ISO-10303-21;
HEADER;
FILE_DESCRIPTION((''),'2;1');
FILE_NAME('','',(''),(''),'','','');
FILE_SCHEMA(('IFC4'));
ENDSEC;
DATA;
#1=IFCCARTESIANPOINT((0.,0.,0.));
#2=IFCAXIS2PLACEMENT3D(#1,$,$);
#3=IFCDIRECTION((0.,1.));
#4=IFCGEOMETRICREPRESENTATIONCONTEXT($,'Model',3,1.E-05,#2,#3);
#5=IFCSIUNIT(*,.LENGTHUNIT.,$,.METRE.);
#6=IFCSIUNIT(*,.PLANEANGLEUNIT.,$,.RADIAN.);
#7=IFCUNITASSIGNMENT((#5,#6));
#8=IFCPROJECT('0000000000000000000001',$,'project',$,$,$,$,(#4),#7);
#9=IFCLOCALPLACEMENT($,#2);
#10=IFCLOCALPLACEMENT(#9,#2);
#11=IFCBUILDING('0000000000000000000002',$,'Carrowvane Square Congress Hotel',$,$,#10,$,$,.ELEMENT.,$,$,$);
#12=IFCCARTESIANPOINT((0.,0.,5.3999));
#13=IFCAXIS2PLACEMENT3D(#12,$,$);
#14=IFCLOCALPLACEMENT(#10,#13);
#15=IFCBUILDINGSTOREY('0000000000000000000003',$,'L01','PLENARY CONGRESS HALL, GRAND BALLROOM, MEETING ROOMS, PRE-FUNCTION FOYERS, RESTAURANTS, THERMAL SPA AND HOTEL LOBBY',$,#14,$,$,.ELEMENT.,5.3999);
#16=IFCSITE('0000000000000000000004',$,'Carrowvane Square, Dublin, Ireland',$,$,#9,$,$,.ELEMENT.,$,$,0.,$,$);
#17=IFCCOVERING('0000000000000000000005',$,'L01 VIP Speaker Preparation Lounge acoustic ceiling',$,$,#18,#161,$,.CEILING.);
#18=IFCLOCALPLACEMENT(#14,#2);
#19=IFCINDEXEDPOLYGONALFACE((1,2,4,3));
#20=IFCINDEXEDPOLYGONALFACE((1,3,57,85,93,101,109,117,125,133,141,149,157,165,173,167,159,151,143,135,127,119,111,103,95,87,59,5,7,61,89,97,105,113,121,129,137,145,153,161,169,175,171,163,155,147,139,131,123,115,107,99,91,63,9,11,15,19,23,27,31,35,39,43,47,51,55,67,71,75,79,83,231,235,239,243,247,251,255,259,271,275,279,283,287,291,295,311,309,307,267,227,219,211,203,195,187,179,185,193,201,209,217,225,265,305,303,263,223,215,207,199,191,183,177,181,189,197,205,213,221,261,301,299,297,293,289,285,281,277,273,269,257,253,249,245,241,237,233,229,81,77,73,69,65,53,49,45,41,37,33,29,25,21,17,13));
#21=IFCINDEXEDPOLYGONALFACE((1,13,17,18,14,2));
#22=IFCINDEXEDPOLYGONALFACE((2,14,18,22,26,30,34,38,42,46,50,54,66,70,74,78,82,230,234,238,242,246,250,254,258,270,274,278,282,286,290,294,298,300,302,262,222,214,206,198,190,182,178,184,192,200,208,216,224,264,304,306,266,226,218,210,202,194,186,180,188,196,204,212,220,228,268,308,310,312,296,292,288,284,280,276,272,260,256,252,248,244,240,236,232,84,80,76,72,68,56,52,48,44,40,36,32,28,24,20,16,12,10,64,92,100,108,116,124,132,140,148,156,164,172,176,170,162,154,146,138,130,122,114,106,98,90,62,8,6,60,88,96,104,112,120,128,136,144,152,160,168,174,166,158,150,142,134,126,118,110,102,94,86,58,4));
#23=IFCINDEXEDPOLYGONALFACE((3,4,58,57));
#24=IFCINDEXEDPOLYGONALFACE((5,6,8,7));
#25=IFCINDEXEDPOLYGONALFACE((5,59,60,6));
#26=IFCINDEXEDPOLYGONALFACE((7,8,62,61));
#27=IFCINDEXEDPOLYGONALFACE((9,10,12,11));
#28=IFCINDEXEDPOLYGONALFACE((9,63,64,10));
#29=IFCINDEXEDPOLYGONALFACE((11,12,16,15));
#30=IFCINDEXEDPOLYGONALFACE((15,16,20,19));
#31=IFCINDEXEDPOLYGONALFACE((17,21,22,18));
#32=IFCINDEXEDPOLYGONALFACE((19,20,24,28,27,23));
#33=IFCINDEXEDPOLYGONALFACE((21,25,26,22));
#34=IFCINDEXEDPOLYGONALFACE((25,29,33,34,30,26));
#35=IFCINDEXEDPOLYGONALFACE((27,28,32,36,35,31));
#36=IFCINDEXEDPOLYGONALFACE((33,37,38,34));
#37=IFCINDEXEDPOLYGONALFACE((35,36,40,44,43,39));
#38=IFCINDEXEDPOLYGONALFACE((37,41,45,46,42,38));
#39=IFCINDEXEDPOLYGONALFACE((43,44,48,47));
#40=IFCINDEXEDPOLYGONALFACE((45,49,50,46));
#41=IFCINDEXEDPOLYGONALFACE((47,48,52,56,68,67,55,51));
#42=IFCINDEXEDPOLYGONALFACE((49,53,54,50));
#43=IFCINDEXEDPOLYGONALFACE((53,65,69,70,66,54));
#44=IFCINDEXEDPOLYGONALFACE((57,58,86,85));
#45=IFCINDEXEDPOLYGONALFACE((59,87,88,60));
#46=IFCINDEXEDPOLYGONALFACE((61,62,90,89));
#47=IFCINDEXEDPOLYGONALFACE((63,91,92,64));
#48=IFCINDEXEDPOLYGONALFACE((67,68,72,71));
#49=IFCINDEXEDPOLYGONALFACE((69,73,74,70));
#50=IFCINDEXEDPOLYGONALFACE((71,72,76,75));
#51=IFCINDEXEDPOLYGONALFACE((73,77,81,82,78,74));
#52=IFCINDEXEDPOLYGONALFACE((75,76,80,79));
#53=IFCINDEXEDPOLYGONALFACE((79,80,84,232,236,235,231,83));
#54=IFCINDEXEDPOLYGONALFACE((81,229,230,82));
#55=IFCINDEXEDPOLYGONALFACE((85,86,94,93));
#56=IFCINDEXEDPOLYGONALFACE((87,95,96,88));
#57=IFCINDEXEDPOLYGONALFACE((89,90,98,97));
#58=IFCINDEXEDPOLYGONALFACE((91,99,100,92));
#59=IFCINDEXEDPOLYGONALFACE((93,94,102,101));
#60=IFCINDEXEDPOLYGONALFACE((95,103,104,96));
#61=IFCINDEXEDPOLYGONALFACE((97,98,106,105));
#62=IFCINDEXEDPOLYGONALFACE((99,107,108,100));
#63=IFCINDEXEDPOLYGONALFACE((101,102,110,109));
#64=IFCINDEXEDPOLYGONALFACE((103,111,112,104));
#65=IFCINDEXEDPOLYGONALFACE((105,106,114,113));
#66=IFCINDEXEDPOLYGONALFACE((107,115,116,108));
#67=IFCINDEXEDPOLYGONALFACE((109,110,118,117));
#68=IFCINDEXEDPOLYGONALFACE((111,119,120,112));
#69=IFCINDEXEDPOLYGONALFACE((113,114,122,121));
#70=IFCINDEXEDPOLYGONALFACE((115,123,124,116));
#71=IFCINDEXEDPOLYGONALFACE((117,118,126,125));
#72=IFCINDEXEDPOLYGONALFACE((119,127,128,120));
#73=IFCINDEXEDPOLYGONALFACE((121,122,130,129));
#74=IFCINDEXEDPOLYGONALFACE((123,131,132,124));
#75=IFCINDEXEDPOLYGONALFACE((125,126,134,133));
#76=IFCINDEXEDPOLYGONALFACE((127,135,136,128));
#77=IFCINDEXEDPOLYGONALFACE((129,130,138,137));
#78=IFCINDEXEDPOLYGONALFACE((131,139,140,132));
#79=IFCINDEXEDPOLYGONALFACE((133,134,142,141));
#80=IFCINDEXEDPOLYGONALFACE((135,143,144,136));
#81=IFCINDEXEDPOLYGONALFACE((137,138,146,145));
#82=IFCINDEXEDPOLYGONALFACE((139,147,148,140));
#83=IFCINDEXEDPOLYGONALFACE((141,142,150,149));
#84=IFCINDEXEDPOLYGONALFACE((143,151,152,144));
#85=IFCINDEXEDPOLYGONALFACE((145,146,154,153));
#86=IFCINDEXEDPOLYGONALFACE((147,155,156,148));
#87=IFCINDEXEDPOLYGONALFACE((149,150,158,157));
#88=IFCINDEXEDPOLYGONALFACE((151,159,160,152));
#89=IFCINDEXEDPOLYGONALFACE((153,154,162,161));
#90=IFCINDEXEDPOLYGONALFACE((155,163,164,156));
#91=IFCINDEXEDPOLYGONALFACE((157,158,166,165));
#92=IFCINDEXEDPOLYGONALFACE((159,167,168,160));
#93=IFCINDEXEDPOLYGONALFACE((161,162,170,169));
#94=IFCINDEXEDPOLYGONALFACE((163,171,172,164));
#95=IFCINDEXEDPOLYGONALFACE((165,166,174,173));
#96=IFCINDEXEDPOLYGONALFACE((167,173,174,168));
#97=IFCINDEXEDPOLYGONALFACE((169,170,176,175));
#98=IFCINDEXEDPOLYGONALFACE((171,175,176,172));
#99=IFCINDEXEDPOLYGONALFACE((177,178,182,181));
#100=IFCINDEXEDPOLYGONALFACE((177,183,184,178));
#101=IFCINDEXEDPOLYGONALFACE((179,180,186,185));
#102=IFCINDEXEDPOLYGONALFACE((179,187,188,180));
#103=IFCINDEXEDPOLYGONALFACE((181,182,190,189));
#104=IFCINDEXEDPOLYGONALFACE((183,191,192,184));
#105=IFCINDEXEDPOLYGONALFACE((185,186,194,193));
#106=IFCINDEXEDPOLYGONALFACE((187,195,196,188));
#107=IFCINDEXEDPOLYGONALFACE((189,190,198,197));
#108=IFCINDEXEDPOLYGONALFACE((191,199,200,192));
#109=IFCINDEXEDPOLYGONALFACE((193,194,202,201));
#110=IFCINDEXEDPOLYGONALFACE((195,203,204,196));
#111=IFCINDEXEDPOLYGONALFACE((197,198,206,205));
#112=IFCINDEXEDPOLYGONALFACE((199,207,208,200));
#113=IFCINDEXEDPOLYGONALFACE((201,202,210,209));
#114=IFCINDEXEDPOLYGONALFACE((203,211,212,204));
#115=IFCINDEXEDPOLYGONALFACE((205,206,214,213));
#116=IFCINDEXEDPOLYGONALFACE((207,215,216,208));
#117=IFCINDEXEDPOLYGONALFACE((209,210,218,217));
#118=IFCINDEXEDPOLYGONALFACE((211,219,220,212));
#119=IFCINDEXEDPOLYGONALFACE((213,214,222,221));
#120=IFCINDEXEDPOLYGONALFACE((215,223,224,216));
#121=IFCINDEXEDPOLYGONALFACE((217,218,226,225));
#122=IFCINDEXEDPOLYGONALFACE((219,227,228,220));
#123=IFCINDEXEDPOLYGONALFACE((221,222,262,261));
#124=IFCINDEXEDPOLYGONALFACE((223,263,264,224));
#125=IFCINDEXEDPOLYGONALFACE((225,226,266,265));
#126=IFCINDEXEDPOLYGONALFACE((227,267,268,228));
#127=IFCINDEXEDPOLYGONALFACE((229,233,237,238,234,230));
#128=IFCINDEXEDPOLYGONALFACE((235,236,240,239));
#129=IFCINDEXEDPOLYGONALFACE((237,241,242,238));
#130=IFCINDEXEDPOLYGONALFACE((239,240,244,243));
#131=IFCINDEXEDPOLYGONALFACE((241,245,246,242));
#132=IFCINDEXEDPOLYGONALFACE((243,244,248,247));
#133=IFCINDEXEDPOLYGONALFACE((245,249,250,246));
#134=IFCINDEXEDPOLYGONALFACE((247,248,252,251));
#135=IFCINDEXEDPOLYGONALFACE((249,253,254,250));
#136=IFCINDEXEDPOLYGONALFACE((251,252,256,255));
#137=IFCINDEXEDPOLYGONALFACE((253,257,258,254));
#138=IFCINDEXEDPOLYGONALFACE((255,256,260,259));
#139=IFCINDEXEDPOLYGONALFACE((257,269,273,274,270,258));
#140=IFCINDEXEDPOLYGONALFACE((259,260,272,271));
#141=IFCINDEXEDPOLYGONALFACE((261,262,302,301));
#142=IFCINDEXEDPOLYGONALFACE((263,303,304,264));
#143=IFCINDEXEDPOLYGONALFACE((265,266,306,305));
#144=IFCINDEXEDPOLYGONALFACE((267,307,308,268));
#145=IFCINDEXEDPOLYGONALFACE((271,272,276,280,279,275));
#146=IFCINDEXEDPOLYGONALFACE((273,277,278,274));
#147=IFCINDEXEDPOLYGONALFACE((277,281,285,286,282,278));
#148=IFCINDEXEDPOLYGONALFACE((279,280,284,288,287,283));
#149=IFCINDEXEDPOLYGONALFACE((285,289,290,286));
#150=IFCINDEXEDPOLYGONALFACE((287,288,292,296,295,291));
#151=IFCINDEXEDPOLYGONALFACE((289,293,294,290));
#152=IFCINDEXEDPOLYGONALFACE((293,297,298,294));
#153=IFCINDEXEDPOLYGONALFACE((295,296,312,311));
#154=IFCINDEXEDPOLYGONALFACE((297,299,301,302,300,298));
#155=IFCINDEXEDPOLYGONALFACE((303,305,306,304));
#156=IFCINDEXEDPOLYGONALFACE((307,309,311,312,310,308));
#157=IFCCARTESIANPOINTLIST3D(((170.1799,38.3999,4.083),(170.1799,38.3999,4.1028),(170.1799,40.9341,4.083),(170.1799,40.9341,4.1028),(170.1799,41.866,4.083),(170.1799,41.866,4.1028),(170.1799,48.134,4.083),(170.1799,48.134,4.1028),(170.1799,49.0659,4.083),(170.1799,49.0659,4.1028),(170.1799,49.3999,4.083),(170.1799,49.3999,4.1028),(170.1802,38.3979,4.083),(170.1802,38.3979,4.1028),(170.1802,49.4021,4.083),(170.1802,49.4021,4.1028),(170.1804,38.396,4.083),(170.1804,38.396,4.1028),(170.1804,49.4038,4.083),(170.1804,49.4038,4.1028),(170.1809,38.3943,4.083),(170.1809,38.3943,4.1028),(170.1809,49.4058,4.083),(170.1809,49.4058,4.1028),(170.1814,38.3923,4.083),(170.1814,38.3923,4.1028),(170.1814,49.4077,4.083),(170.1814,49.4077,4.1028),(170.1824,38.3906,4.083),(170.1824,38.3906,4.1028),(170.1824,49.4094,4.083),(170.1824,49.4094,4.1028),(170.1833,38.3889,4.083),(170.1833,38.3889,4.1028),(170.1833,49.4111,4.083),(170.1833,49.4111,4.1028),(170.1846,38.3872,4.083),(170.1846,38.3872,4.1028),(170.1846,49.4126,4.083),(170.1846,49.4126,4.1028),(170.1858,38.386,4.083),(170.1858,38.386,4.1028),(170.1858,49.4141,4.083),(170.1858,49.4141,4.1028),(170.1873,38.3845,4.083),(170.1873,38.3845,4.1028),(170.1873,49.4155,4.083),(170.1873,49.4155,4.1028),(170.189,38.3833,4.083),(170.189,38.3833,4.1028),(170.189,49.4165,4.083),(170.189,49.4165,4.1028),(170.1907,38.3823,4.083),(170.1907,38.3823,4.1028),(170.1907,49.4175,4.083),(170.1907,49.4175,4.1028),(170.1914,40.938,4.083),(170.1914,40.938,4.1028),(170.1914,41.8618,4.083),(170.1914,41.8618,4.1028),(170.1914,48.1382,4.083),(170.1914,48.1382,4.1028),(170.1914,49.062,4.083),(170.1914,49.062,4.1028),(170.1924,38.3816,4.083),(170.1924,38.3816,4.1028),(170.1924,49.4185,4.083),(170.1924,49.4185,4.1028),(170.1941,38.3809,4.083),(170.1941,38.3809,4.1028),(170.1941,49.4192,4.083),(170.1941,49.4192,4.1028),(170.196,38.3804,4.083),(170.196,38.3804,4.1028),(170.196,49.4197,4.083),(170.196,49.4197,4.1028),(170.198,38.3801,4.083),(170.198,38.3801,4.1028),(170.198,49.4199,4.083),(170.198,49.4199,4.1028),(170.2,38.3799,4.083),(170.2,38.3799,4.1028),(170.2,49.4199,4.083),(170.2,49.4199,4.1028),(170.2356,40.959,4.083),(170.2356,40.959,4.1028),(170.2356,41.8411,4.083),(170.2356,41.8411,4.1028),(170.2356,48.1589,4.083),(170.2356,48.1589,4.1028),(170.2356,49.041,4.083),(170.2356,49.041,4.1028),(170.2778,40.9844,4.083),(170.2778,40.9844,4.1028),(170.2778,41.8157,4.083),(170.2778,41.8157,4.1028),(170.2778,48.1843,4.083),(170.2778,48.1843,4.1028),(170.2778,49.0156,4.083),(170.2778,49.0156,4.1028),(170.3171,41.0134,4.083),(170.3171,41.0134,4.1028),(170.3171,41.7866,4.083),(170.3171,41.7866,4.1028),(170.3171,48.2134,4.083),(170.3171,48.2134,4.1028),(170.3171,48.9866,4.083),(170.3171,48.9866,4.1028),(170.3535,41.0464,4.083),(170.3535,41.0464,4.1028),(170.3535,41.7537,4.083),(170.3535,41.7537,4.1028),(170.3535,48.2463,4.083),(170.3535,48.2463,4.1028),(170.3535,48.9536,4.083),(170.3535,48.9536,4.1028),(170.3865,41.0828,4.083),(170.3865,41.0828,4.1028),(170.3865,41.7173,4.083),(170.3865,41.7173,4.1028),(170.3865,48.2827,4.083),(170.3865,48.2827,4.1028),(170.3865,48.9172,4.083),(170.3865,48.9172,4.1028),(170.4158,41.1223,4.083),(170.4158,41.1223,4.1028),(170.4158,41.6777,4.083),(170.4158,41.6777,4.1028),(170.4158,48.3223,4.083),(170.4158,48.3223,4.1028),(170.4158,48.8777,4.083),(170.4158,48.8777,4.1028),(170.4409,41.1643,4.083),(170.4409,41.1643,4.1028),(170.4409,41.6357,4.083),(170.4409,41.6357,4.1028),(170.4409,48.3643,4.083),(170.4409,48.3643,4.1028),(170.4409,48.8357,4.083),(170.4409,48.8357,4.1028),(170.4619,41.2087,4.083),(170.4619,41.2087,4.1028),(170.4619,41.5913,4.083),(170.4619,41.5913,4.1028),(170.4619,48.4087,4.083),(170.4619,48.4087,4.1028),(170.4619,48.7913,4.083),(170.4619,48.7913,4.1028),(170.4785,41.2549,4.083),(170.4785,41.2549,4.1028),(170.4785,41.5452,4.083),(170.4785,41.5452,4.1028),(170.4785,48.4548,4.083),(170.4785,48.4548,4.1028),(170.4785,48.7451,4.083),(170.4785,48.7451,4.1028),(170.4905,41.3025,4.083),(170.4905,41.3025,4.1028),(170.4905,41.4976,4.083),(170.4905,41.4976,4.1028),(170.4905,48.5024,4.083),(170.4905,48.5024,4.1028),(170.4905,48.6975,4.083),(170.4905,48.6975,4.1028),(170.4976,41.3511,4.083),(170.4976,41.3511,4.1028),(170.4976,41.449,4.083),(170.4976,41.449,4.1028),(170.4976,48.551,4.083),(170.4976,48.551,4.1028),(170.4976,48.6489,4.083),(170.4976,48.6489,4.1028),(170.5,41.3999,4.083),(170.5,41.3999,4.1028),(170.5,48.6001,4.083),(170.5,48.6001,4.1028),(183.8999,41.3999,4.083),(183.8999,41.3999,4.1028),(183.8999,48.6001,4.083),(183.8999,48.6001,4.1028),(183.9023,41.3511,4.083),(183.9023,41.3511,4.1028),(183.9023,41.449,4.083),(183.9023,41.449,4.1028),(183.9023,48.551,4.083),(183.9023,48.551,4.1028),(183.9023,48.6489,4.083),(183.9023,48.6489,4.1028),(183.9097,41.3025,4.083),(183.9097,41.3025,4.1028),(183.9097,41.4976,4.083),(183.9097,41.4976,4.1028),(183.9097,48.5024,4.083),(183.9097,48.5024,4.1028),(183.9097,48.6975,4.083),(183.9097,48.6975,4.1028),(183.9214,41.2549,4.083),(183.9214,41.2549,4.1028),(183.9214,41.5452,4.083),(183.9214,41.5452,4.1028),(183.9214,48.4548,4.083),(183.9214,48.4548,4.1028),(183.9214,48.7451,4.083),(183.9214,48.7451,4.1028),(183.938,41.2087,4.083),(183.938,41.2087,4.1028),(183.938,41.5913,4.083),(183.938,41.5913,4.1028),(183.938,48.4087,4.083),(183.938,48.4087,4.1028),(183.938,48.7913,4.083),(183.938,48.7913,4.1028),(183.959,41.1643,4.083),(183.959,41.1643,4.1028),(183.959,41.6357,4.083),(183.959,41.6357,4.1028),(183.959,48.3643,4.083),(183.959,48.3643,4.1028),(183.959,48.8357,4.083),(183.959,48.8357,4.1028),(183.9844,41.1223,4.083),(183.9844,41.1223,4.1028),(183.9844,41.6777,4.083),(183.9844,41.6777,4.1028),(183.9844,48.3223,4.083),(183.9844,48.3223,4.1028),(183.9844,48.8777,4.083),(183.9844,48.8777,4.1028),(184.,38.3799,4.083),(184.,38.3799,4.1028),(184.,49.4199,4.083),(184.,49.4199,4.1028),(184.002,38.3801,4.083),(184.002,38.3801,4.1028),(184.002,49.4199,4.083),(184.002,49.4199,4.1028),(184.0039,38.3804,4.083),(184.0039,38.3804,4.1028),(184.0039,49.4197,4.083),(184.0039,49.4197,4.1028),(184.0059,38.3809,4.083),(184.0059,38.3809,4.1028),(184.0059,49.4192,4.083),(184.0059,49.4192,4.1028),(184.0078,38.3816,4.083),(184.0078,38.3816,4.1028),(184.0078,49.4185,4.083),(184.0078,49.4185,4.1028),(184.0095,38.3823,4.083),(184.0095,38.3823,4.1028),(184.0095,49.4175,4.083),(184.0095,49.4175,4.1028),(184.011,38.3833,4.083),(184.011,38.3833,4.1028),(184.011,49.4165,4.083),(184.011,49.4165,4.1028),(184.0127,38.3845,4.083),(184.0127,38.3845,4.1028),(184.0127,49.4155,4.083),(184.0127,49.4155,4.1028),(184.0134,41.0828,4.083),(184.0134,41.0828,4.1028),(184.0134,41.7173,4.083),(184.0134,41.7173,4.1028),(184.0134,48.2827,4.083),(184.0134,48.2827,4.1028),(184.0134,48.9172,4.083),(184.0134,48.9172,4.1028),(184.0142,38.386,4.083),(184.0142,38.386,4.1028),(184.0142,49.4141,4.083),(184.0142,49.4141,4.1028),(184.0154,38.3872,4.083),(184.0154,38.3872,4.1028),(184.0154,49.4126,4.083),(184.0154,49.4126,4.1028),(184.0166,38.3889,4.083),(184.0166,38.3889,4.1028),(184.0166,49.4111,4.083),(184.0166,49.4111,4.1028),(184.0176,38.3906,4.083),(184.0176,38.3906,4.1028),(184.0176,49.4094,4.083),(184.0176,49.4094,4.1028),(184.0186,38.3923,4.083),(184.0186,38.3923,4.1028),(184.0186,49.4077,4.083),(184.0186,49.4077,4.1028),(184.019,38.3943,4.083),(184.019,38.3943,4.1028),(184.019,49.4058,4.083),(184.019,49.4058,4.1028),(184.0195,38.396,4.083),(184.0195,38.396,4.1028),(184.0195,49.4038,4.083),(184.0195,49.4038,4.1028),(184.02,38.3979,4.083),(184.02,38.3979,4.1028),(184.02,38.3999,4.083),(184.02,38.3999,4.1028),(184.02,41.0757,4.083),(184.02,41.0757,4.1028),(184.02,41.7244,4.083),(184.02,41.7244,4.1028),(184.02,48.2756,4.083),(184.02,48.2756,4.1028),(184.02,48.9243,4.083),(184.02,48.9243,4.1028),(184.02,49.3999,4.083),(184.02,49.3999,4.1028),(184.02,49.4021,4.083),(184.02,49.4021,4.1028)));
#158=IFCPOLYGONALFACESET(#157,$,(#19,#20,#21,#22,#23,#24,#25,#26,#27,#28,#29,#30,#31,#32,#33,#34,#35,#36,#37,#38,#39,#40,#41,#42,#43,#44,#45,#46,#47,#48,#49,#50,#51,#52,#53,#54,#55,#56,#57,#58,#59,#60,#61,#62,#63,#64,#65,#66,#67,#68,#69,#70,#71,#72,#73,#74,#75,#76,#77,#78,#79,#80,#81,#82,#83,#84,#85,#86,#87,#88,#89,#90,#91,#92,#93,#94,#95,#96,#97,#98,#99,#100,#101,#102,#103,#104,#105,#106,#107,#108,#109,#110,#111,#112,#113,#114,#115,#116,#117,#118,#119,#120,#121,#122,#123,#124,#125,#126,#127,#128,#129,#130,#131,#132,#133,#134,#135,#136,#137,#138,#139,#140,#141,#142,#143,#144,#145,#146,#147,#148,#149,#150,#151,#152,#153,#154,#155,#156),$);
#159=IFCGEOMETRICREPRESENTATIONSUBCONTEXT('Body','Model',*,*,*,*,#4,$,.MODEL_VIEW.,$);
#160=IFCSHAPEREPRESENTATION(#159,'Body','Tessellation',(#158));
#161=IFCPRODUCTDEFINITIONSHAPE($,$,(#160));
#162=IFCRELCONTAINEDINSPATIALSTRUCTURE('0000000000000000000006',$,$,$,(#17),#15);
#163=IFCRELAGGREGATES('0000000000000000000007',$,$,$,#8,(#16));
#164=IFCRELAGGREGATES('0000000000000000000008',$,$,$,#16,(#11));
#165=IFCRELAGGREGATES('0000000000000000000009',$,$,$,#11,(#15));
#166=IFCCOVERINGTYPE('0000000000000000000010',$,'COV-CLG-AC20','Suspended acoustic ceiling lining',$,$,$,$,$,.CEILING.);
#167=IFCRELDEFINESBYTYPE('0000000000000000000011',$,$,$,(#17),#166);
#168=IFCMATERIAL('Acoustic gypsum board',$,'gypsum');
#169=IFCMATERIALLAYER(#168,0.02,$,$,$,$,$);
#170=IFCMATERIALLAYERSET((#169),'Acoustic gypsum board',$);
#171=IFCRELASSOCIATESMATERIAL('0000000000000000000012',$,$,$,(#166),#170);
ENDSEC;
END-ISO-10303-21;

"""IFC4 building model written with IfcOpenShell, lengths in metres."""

from ifc_helpers import new_model, si_unit, direction, frame, origin, place, context, subcontext, project, spatial, polyline, outline, extrude, material, layer, layer_set, type_object, element, save


model = new_model("IFC4")

# Units and contexts
model_context = context("Model", 3, precision=1e-05, world=origin(), true_north=direction((0.0, 1.0)))
body_context = subcontext(model_context, "Body", "Model", "MODEL_VIEW")
ifc_project = project(units=[si_unit("LENGTHUNIT", "METRE"), si_unit("PLANEANGLEUNIT", "RADIAN")], contexts=[model_context])

# Site, building, storey
site_placement = place(None, origin())
site = spatial("IfcSite", under=ifc_project, at=site_placement, Name="Carrowvane Square, Dublin, Ireland", CompositionType="ELEMENT", RefElevation=0.0)
building_placement = place(site_placement, origin())
building = spatial("IfcBuilding", under=site, at=building_placement, Name="Carrowvane Square Congress Hotel", CompositionType="ELEMENT")
storey_placement = place(building_placement, frame((0.0, 0.0, 5.3999)))
storey = spatial("IfcBuildingStorey", under=building, at=storey_placement, Name="L01", Description="PLENARY CONGRESS HALL, GRAND BALLROOM, MEETING ROOMS, PRE-FUNCTION FOYERS, RESTAURANTS, THERMAL SPA AND HOTEL LOBBY", CompositionType="ELEMENT", Elevation=5.3999)

# Covering
ifc_material_1 = material(Name="Acoustic gypsum board", Category="gypsum")
ifc_layer_1 = layer(ifc_material_1, 0.02)
ifc_layer_set_1 = layer_set([ifc_layer_1], Name="Acoustic gypsum board")
covering_type_1 = type_object("IfcCoveringType", Name="COV-CLG-AC20", Description="Suspended acoustic ceiling lining", PredefinedType="CEILING", material=ifc_layer_set_1)
covering_1_placement = place(storey_placement, frame((0.0, 0.0, 4.083)))
element("IfcCovering", 1, at=covering_1_placement, inside=storey, type_object=covering_type_1, Name="L01 VIP Speaker Preparation Lounge acoustic ceiling", PredefinedType="CEILING", context=body_context, shape_type="SweptSolid", body=[
    extrude(outline(polyline([(170.1914, 40.938), (170.2356, 40.959), (170.2778, 40.9844), (170.3171, 41.0134), (170.3535, 41.0464), (170.3865, 41.0828), (170.4158, 41.1223), (170.4409, 41.1643), (170.4619, 41.2087), (170.4785, 41.2549), (170.4905, 41.3025), (170.4976, 41.3511), (170.5, 41.3999), (170.4976, 41.449), (170.4905, 41.4976), (170.4785, 41.5452), (170.4619, 41.5913), (170.4409, 41.6357), (170.4158, 41.6777), (170.3865, 41.7173), (170.3535, 41.7537), (170.3171, 41.7866), (170.2778, 41.8157), (170.2356, 41.8411), (170.1914, 41.8618), (170.1799, 41.866), (170.1799, 48.134), (170.1914, 48.1382), (170.2356, 48.1589), (170.2778, 48.1843), (170.3171, 48.2134), (170.3535, 48.2463), (170.3865, 48.2827), (170.4158, 48.3223), (170.4409, 48.3643), (170.4619, 48.4087), (170.4785, 48.4548), (170.4905, 48.5024), (170.4976, 48.551), (170.5, 48.6001), (170.4976, 48.6489), (170.4905, 48.6975), (170.4785, 48.7451), (170.4619, 48.7913), (170.4409, 48.8357), (170.4158, 48.8777), (170.3865, 48.9172), (170.3535, 48.9536), (170.3171, 48.9866), (170.2778, 49.0156), (170.2356, 49.041), (170.1914, 49.062), (170.1799, 49.0659), (170.1799, 49.3999), (170.1802, 49.4021), (170.1804, 49.4038), (170.1809, 49.4058), (170.1814, 49.4077), (170.1824, 49.4094), (170.1833, 49.4111), (170.1846, 49.4126), (170.1858, 49.4141), (170.1873, 49.4155), (170.189, 49.4165), (170.1907, 49.4175), (170.1924, 49.4185), (170.1941, 49.4192), (170.196, 49.4197), (170.198, 49.4199), (170.2, 49.4199), (184.0, 49.4199), (184.002, 49.4199), (184.0039, 49.4197), (184.0059, 49.4192), (184.0078, 49.4185), (184.0095, 49.4175), (184.011, 49.4165), (184.0127, 49.4155), (184.0142, 49.4141), (184.0154, 49.4126), (184.0166, 49.4111), (184.0176, 49.4094), (184.0186, 49.4077), (184.019, 49.4058), (184.0195, 49.4038), (184.02, 49.4021), (184.02, 49.3999), (184.02, 48.9243), (184.0134, 48.9172), (183.9844, 48.8777), (183.959, 48.8357), (183.938, 48.7913), (183.9214, 48.7451), (183.9097, 48.6975), (183.9023, 48.6489), (183.8999, 48.6001), (183.9023, 48.551), (183.9097, 48.5024), (183.9214, 48.4548), (183.938, 48.4087), (183.959, 48.3643), (183.9844, 48.3223), (184.0134, 48.2827), (184.02, 48.2756), (184.02, 41.7244), (184.0134, 41.7173), (183.9844, 41.6777), (183.959, 41.6357), (183.938, 41.5913), (183.9214, 41.5452), (183.9097, 41.4976), (183.9023, 41.449), (183.8999, 41.3999), (183.9023, 41.3511), (183.9097, 41.3025), (183.9214, 41.2549), (183.938, 41.2087), (183.959, 41.1643), (183.9844, 41.1223), (184.0134, 41.0828), (184.02, 41.0757), (184.02, 38.3999), (184.02, 38.3979), (184.0195, 38.396), (184.019, 38.3943), (184.0186, 38.3923), (184.0176, 38.3906), (184.0166, 38.3889), (184.0154, 38.3872), (184.0142, 38.386), (184.0127, 38.3845), (184.011, 38.3833), (184.0095, 38.3823), (184.0078, 38.3816), (184.0059, 38.3809), (184.0039, 38.3804), (184.002, 38.3801), (184.0, 38.3799), (170.2, 38.3799), (170.198, 38.3801), (170.196, 38.3804), (170.1941, 38.3809), (170.1924, 38.3816), (170.1907, 38.3823), (170.189, 38.3833), (170.1873, 38.3845), (170.1858, 38.386), (170.1846, 38.3872), (170.1833, 38.3889), (170.1824, 38.3906), (170.1814, 38.3923), (170.1809, 38.3943), (170.1804, 38.396), (170.1802, 38.3979), (170.1799, 38.3999), (170.1799, 40.9341), (170.1914, 40.938)])), origin(), (0.0, 0.0, 1.0), 0.0198),
])

save(model, "model.ifc")
